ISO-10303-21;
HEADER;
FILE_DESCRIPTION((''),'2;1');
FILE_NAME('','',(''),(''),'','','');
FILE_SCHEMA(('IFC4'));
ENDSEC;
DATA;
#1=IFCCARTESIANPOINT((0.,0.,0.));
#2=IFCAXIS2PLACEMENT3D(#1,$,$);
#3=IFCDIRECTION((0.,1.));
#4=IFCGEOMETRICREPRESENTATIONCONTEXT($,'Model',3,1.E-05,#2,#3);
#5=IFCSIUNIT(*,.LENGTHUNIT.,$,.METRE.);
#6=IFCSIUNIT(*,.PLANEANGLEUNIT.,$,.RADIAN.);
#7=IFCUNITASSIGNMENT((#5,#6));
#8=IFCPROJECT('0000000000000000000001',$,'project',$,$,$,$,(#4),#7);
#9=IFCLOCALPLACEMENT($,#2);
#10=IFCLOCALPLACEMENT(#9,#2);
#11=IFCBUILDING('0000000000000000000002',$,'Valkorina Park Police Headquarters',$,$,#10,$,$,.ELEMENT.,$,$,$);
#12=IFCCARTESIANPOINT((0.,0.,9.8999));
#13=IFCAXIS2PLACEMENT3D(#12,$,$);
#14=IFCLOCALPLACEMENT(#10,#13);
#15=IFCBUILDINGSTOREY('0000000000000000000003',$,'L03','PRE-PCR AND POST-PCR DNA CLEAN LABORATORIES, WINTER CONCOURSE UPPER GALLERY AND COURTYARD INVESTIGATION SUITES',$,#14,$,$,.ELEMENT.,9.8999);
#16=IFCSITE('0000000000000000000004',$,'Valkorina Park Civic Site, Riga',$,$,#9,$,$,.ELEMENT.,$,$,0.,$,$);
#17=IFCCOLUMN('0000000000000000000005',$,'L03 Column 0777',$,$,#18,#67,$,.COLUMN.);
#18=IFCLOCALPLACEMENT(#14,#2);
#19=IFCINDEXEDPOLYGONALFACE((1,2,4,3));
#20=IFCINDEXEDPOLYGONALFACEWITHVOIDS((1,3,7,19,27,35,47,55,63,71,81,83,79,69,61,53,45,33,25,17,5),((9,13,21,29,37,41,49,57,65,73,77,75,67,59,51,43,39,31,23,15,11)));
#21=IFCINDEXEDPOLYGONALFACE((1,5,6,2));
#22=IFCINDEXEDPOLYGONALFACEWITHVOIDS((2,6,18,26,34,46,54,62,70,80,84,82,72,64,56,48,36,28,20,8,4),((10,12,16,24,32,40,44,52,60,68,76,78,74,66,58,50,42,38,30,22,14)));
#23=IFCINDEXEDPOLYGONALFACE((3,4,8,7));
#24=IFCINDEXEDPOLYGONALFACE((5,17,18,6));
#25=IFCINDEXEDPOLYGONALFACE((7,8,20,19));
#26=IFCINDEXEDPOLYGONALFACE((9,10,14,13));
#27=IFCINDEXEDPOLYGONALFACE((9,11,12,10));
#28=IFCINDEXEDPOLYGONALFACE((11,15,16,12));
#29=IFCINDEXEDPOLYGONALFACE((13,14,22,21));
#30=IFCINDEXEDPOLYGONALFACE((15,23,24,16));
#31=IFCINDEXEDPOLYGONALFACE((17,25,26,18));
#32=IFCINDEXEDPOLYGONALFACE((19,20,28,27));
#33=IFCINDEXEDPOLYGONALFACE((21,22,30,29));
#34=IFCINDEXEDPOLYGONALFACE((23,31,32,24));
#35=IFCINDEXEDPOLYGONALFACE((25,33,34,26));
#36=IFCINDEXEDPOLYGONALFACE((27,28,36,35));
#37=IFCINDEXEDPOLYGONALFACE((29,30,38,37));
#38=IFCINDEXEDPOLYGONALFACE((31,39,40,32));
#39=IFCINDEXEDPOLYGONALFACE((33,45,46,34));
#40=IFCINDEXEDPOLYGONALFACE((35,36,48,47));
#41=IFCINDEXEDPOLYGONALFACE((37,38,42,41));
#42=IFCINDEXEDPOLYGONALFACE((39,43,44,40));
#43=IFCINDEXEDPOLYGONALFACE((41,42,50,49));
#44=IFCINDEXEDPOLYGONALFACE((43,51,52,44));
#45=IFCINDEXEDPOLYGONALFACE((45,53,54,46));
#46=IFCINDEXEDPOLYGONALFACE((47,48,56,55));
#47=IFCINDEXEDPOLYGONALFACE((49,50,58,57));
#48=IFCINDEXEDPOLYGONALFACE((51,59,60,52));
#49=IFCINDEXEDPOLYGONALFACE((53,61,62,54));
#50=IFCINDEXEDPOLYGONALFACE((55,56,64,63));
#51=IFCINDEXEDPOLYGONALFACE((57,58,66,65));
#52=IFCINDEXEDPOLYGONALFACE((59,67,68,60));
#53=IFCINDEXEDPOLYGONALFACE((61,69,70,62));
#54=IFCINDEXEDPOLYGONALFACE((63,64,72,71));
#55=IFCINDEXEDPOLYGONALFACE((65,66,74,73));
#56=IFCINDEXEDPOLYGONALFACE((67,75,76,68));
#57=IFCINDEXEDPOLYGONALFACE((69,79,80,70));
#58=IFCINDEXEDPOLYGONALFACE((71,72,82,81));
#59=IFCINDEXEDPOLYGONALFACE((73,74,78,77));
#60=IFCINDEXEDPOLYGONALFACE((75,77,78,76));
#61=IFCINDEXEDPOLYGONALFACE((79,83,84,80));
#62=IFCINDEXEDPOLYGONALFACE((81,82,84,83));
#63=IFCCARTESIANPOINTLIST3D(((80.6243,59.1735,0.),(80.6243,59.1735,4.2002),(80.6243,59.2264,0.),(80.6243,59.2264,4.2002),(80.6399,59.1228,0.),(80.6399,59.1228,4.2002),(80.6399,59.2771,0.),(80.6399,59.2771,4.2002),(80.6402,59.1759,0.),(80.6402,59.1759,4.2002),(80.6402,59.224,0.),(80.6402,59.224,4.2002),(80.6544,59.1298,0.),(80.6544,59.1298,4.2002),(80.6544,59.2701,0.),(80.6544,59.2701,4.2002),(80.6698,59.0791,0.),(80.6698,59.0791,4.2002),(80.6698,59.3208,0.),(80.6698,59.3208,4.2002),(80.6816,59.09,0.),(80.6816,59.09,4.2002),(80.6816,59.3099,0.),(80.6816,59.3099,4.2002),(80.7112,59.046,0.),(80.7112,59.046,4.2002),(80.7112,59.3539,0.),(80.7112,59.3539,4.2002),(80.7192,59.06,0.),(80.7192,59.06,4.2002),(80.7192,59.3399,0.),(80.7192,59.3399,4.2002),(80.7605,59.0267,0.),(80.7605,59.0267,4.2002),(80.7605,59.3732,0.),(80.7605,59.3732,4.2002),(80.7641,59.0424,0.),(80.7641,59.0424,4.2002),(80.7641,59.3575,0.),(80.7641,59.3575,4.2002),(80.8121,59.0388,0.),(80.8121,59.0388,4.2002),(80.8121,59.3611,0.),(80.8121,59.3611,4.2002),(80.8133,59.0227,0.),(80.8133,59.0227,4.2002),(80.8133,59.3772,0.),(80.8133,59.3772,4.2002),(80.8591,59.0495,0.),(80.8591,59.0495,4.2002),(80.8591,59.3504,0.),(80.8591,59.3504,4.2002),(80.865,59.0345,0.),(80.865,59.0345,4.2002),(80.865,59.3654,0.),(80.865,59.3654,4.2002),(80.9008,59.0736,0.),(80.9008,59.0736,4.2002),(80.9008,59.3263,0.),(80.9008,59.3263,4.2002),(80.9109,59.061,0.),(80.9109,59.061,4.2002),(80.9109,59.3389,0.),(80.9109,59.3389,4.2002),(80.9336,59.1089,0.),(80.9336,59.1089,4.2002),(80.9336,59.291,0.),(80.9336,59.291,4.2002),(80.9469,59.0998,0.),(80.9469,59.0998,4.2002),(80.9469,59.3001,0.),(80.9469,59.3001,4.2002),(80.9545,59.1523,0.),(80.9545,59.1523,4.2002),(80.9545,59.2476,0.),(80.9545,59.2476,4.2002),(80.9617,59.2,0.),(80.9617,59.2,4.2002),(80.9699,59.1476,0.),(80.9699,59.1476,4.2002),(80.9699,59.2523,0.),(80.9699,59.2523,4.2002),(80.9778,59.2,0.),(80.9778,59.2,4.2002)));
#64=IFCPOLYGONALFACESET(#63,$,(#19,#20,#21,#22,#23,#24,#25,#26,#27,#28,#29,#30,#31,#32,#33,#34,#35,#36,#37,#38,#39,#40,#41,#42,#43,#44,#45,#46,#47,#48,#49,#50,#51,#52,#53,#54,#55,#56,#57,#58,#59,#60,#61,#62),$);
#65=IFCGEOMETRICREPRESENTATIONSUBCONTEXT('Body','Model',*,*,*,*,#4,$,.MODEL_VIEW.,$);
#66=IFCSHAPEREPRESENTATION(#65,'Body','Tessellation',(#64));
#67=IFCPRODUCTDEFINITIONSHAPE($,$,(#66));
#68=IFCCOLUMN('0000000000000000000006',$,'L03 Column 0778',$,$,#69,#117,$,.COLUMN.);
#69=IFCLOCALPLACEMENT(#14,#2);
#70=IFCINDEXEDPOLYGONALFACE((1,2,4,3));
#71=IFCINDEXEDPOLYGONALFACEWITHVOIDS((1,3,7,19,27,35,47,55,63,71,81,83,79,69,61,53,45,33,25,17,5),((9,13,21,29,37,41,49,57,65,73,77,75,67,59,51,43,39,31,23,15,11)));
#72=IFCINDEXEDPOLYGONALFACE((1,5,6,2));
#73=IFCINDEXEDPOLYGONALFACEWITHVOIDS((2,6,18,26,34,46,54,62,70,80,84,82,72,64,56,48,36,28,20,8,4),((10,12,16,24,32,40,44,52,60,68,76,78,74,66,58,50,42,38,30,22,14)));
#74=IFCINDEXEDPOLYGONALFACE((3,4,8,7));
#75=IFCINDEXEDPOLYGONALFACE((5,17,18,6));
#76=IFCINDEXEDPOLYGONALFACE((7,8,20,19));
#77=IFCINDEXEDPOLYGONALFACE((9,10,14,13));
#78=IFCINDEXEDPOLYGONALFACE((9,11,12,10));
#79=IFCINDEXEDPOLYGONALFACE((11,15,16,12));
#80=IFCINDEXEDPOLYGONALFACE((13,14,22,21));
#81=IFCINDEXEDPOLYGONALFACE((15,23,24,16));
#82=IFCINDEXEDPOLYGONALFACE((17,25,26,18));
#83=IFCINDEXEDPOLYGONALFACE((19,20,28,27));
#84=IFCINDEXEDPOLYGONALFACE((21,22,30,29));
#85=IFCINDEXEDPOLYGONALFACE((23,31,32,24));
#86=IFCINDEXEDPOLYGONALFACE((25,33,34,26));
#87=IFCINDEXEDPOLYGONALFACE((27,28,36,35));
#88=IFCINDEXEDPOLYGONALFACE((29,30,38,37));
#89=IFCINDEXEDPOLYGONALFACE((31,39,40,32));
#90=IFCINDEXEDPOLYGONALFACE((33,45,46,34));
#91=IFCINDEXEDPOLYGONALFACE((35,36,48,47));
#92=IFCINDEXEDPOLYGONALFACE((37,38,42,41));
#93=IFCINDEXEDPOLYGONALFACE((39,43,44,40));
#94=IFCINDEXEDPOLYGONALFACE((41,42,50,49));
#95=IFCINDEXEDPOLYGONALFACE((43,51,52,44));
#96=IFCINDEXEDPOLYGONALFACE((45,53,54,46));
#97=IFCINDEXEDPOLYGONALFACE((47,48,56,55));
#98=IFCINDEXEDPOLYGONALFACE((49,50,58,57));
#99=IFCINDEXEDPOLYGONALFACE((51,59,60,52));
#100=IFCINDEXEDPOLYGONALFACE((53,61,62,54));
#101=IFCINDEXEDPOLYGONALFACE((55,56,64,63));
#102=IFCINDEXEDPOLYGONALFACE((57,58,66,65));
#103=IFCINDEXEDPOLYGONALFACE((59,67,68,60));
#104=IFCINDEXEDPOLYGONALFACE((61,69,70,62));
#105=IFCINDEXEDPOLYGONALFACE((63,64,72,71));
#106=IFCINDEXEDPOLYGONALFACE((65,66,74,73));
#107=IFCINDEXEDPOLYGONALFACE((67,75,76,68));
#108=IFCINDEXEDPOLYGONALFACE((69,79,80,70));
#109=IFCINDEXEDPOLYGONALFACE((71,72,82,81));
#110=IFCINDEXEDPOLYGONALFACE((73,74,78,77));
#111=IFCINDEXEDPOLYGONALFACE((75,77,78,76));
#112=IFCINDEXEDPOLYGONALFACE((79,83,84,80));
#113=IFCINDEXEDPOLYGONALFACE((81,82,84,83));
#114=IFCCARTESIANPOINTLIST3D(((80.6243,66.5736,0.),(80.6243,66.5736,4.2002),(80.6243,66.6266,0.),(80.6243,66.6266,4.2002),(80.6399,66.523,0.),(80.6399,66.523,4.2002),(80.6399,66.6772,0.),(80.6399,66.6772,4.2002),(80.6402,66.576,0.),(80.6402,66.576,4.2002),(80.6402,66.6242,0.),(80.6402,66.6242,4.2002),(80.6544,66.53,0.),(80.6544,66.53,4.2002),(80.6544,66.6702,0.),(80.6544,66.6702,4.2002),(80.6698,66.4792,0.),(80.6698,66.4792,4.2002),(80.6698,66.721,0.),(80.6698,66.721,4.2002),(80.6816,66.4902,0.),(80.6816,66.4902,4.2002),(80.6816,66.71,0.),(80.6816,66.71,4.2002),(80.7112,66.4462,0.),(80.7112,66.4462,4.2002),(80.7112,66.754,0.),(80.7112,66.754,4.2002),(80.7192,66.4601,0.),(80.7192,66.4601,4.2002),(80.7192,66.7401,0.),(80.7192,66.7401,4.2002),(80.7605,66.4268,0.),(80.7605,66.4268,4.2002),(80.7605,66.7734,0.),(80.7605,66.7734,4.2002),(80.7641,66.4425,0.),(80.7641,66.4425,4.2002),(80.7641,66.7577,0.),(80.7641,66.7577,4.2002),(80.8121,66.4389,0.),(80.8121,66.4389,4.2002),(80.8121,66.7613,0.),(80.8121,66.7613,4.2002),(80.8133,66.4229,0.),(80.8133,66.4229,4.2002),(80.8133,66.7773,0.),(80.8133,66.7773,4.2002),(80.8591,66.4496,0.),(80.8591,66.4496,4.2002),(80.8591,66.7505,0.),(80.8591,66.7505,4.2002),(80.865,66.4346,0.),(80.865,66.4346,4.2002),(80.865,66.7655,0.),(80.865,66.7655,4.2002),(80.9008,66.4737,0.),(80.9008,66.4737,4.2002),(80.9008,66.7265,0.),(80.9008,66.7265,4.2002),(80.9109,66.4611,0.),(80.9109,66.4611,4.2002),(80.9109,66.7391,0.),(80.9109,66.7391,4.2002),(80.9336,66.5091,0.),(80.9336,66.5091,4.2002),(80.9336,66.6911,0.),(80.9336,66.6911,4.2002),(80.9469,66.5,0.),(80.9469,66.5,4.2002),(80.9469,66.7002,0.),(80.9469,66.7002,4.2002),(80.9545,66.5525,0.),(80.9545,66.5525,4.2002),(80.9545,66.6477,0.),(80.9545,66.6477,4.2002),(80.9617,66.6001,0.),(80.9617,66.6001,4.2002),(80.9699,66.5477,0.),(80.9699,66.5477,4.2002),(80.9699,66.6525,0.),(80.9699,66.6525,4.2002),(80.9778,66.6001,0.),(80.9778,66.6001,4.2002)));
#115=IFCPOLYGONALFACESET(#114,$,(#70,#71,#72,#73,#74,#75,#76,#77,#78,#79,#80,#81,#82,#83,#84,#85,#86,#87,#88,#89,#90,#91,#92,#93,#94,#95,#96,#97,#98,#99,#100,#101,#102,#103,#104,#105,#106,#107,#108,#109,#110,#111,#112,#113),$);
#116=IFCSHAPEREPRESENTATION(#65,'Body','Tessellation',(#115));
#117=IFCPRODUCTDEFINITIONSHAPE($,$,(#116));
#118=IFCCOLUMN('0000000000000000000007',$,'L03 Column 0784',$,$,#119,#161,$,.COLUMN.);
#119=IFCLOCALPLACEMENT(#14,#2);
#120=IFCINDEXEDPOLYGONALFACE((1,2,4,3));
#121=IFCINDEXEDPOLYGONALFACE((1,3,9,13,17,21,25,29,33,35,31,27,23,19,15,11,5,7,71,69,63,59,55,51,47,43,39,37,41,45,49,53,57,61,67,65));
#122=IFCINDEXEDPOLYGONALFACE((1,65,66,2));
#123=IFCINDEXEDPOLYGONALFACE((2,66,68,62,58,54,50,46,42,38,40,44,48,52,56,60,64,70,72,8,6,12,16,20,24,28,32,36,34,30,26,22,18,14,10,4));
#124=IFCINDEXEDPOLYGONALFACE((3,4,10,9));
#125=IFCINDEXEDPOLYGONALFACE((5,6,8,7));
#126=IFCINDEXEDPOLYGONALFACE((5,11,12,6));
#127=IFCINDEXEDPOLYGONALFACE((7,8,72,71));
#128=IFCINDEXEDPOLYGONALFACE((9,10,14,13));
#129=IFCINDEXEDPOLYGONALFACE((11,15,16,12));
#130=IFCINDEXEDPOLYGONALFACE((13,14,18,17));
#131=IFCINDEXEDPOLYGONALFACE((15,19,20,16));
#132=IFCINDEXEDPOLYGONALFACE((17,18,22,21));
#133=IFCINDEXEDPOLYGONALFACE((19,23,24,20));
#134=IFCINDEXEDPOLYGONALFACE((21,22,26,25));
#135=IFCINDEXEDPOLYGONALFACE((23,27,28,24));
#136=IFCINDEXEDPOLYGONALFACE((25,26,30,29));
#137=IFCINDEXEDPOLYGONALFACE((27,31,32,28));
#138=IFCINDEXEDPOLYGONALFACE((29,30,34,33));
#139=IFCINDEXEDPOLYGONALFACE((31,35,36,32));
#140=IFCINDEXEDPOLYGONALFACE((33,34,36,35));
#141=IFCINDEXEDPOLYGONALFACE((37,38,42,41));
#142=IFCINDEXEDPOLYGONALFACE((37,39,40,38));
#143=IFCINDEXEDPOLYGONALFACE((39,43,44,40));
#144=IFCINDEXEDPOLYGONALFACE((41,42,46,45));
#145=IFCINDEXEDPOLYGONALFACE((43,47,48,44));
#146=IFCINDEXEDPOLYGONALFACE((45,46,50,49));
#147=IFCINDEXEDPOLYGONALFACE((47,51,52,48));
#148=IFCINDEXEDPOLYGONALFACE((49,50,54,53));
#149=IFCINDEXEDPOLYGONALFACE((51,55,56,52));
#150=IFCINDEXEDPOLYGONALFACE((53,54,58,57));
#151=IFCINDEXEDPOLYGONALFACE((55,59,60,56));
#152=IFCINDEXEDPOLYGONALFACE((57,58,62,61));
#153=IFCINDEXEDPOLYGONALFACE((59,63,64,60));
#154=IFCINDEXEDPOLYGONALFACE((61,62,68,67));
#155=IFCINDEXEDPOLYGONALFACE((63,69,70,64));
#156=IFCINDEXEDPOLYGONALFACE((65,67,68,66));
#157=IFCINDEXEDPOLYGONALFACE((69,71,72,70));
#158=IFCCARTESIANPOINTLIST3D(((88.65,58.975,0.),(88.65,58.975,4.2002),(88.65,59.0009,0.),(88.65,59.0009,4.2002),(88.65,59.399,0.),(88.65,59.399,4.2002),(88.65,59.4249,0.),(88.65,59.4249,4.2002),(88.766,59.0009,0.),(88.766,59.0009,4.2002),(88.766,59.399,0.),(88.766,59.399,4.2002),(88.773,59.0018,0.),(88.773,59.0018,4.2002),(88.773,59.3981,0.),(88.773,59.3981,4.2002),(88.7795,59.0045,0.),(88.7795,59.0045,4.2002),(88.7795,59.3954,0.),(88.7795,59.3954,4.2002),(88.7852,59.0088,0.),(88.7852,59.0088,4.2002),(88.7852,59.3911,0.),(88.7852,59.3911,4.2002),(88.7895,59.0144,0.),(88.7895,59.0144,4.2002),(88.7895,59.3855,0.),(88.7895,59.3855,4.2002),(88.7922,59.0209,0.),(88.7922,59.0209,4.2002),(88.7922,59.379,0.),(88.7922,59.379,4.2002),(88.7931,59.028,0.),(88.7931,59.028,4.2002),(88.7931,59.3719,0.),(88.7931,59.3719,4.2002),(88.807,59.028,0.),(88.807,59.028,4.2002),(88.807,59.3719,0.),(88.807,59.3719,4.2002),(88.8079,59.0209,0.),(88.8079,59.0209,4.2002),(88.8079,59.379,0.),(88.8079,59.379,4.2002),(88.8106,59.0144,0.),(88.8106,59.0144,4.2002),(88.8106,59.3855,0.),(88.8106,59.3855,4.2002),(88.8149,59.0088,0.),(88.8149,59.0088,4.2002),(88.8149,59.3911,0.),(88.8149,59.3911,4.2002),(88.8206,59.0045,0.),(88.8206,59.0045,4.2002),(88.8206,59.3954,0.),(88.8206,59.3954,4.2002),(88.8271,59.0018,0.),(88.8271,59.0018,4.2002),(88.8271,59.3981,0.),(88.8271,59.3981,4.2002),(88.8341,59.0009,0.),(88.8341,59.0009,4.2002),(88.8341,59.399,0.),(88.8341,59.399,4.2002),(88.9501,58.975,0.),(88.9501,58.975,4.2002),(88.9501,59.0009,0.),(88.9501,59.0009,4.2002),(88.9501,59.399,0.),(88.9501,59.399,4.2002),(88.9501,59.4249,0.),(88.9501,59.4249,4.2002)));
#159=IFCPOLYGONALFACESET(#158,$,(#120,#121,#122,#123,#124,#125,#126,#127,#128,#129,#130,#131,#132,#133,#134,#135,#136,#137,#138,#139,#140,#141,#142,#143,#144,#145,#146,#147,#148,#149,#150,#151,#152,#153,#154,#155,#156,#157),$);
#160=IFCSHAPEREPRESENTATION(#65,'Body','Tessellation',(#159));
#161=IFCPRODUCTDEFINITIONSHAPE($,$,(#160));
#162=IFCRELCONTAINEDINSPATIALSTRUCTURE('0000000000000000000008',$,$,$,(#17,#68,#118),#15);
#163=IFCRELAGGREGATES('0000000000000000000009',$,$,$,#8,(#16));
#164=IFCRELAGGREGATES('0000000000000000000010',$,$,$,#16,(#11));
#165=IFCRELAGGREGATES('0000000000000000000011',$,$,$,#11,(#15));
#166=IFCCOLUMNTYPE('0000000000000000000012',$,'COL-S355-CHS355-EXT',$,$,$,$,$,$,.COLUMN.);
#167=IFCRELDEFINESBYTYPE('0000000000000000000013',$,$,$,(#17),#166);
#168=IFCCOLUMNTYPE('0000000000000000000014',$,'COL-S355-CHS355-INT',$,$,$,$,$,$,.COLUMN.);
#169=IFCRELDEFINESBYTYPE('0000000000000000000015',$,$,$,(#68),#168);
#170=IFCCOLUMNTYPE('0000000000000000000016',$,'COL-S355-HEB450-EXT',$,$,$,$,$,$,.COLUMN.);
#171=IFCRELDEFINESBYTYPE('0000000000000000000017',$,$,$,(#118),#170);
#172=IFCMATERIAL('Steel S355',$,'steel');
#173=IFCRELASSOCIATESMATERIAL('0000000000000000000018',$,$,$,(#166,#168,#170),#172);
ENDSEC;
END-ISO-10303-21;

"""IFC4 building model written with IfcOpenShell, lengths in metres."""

from ifc_helpers import new_model, si_unit, direction, frame, origin, origin_2d, place, context, subcontext, project, spatial, hollow_circle, i_section, extrude, material, material_profile, profile_set, type_object, element, save


model = new_model("IFC4")

# Units and contexts
model_context = context("Model", 3, precision=1e-05, world=origin(), true_north=direction((0.0, 1.0)))
body_context = subcontext(model_context, "Body", "Model", "MODEL_VIEW")
ifc_project = project(units=[si_unit("LENGTHUNIT", "METRE"), si_unit("PLANEANGLEUNIT", "RADIAN")], contexts=[model_context])

# Site, building, storey
site_placement = place(None, origin())
site = spatial("IfcSite", under=ifc_project, at=site_placement, Name="Valkorina Park Civic Site, Riga", CompositionType="ELEMENT", RefElevation=0.0)
building_placement = place(site_placement, origin())
building = spatial("IfcBuilding", under=site, at=building_placement, Name="Valkorina Park Police Headquarters", CompositionType="ELEMENT")
storey_placement = place(building_placement, frame((0.0, 0.0, 9.8999)))
storey = spatial("IfcBuildingStorey", under=building, at=storey_placement, Name="L03", Description="PRE-PCR AND POST-PCR DNA CLEAN LABORATORIES, WINTER CONCOURSE UPPER GALLERY AND COURTYARD INVESTIGATION SUITES", CompositionType="ELEMENT", Elevation=9.8999)

# Columns
ifc_material_1 = material(Name="Steel S355", Category="steel")
ifc_material_profile_1 = material_profile(ifc_material_1, hollow_circle(Radius=0.1777, WallThickness=0.0161, at=origin_2d()), Name="CHS 355.6x16")
ifc_profile_set_1 = profile_set([ifc_material_profile_1], Name="Steel S355")
column_type_1 = type_object("IfcColumnType", Name="COL-S355-CHS355-EXT", PredefinedType="COLUMN", material=ifc_profile_set_1)
column_1_placement = place(storey_placement, frame((80.8, 59.2, 0.0), z_axis=(0.0, 0.0, 1.0), x_axis=(1.0, 0.0, 0.0)))
element("IfcColumn", 1, at=column_1_placement, inside=storey, type_object=column_type_1, Name="L03 Column 0777", PredefinedType="COLUMN", context=body_context, shape_type="SweptSolid", body=[
    extrude(hollow_circle(Radius=0.1777, WallThickness=0.0161, at=origin_2d()), origin(), (0.0, 0.0, 1.0), 4.2002),
])
ifc_material_profile_2 = material_profile(ifc_material_1, hollow_circle(Radius=0.1777, WallThickness=0.0161, at=origin_2d()), Name="CHS 355.6x16")
ifc_profile_set_2 = profile_set([ifc_material_profile_2], Name="Steel S355")
column_type_2 = type_object("IfcColumnType", Name="COL-S355-CHS355-INT", PredefinedType="COLUMN", material=ifc_profile_set_2)
column_2_placement = place(storey_placement, frame((80.8, 66.6001, 0.0), z_axis=(0.0, 0.0, 1.0), x_axis=(1.0, 0.0, 0.0)))
element("IfcColumn", 2, at=column_2_placement, inside=storey, type_object=column_type_2, Name="L03 Column 0778", PredefinedType="COLUMN", context=body_context, shape_type="SweptSolid", body=[
    extrude(hollow_circle(Radius=0.1777, WallThickness=0.0161, at=origin_2d()), origin(), (0.0, 0.0, 1.0), 4.2002),
])
ifc_material_profile_3 = material_profile(ifc_material_1, i_section(OverallWidth=0.3, OverallDepth=0.45, WebThickness=0.0139, FlangeThickness=0.0259, FilletRadius=0.0271, at=origin_2d()), Name="HEB 450")
ifc_profile_set_3 = profile_set([ifc_material_profile_3], Name="Steel S355")
column_type_3 = type_object("IfcColumnType", Name="COL-S355-HEB450-EXT", PredefinedType="COLUMN", material=ifc_profile_set_3)
column_3_placement = place(storey_placement, frame((88.8, 59.2, 0.0), z_axis=(0.0, 0.0, 1.0), x_axis=(1.0, 0.0, 0.0)))
element("IfcColumn", 3, at=column_3_placement, inside=storey, type_object=column_type_3, Name="L03 Column 0784", PredefinedType="COLUMN", context=body_context, shape_type="SweptSolid", body=[
    extrude(i_section(OverallWidth=0.3, OverallDepth=0.45, WebThickness=0.0139, FlangeThickness=0.0259, FilletRadius=0.0271, at=origin_2d()), origin(), (0.0, 0.0, 1.0), 4.2002),
])

save(model, "model.ifc")
